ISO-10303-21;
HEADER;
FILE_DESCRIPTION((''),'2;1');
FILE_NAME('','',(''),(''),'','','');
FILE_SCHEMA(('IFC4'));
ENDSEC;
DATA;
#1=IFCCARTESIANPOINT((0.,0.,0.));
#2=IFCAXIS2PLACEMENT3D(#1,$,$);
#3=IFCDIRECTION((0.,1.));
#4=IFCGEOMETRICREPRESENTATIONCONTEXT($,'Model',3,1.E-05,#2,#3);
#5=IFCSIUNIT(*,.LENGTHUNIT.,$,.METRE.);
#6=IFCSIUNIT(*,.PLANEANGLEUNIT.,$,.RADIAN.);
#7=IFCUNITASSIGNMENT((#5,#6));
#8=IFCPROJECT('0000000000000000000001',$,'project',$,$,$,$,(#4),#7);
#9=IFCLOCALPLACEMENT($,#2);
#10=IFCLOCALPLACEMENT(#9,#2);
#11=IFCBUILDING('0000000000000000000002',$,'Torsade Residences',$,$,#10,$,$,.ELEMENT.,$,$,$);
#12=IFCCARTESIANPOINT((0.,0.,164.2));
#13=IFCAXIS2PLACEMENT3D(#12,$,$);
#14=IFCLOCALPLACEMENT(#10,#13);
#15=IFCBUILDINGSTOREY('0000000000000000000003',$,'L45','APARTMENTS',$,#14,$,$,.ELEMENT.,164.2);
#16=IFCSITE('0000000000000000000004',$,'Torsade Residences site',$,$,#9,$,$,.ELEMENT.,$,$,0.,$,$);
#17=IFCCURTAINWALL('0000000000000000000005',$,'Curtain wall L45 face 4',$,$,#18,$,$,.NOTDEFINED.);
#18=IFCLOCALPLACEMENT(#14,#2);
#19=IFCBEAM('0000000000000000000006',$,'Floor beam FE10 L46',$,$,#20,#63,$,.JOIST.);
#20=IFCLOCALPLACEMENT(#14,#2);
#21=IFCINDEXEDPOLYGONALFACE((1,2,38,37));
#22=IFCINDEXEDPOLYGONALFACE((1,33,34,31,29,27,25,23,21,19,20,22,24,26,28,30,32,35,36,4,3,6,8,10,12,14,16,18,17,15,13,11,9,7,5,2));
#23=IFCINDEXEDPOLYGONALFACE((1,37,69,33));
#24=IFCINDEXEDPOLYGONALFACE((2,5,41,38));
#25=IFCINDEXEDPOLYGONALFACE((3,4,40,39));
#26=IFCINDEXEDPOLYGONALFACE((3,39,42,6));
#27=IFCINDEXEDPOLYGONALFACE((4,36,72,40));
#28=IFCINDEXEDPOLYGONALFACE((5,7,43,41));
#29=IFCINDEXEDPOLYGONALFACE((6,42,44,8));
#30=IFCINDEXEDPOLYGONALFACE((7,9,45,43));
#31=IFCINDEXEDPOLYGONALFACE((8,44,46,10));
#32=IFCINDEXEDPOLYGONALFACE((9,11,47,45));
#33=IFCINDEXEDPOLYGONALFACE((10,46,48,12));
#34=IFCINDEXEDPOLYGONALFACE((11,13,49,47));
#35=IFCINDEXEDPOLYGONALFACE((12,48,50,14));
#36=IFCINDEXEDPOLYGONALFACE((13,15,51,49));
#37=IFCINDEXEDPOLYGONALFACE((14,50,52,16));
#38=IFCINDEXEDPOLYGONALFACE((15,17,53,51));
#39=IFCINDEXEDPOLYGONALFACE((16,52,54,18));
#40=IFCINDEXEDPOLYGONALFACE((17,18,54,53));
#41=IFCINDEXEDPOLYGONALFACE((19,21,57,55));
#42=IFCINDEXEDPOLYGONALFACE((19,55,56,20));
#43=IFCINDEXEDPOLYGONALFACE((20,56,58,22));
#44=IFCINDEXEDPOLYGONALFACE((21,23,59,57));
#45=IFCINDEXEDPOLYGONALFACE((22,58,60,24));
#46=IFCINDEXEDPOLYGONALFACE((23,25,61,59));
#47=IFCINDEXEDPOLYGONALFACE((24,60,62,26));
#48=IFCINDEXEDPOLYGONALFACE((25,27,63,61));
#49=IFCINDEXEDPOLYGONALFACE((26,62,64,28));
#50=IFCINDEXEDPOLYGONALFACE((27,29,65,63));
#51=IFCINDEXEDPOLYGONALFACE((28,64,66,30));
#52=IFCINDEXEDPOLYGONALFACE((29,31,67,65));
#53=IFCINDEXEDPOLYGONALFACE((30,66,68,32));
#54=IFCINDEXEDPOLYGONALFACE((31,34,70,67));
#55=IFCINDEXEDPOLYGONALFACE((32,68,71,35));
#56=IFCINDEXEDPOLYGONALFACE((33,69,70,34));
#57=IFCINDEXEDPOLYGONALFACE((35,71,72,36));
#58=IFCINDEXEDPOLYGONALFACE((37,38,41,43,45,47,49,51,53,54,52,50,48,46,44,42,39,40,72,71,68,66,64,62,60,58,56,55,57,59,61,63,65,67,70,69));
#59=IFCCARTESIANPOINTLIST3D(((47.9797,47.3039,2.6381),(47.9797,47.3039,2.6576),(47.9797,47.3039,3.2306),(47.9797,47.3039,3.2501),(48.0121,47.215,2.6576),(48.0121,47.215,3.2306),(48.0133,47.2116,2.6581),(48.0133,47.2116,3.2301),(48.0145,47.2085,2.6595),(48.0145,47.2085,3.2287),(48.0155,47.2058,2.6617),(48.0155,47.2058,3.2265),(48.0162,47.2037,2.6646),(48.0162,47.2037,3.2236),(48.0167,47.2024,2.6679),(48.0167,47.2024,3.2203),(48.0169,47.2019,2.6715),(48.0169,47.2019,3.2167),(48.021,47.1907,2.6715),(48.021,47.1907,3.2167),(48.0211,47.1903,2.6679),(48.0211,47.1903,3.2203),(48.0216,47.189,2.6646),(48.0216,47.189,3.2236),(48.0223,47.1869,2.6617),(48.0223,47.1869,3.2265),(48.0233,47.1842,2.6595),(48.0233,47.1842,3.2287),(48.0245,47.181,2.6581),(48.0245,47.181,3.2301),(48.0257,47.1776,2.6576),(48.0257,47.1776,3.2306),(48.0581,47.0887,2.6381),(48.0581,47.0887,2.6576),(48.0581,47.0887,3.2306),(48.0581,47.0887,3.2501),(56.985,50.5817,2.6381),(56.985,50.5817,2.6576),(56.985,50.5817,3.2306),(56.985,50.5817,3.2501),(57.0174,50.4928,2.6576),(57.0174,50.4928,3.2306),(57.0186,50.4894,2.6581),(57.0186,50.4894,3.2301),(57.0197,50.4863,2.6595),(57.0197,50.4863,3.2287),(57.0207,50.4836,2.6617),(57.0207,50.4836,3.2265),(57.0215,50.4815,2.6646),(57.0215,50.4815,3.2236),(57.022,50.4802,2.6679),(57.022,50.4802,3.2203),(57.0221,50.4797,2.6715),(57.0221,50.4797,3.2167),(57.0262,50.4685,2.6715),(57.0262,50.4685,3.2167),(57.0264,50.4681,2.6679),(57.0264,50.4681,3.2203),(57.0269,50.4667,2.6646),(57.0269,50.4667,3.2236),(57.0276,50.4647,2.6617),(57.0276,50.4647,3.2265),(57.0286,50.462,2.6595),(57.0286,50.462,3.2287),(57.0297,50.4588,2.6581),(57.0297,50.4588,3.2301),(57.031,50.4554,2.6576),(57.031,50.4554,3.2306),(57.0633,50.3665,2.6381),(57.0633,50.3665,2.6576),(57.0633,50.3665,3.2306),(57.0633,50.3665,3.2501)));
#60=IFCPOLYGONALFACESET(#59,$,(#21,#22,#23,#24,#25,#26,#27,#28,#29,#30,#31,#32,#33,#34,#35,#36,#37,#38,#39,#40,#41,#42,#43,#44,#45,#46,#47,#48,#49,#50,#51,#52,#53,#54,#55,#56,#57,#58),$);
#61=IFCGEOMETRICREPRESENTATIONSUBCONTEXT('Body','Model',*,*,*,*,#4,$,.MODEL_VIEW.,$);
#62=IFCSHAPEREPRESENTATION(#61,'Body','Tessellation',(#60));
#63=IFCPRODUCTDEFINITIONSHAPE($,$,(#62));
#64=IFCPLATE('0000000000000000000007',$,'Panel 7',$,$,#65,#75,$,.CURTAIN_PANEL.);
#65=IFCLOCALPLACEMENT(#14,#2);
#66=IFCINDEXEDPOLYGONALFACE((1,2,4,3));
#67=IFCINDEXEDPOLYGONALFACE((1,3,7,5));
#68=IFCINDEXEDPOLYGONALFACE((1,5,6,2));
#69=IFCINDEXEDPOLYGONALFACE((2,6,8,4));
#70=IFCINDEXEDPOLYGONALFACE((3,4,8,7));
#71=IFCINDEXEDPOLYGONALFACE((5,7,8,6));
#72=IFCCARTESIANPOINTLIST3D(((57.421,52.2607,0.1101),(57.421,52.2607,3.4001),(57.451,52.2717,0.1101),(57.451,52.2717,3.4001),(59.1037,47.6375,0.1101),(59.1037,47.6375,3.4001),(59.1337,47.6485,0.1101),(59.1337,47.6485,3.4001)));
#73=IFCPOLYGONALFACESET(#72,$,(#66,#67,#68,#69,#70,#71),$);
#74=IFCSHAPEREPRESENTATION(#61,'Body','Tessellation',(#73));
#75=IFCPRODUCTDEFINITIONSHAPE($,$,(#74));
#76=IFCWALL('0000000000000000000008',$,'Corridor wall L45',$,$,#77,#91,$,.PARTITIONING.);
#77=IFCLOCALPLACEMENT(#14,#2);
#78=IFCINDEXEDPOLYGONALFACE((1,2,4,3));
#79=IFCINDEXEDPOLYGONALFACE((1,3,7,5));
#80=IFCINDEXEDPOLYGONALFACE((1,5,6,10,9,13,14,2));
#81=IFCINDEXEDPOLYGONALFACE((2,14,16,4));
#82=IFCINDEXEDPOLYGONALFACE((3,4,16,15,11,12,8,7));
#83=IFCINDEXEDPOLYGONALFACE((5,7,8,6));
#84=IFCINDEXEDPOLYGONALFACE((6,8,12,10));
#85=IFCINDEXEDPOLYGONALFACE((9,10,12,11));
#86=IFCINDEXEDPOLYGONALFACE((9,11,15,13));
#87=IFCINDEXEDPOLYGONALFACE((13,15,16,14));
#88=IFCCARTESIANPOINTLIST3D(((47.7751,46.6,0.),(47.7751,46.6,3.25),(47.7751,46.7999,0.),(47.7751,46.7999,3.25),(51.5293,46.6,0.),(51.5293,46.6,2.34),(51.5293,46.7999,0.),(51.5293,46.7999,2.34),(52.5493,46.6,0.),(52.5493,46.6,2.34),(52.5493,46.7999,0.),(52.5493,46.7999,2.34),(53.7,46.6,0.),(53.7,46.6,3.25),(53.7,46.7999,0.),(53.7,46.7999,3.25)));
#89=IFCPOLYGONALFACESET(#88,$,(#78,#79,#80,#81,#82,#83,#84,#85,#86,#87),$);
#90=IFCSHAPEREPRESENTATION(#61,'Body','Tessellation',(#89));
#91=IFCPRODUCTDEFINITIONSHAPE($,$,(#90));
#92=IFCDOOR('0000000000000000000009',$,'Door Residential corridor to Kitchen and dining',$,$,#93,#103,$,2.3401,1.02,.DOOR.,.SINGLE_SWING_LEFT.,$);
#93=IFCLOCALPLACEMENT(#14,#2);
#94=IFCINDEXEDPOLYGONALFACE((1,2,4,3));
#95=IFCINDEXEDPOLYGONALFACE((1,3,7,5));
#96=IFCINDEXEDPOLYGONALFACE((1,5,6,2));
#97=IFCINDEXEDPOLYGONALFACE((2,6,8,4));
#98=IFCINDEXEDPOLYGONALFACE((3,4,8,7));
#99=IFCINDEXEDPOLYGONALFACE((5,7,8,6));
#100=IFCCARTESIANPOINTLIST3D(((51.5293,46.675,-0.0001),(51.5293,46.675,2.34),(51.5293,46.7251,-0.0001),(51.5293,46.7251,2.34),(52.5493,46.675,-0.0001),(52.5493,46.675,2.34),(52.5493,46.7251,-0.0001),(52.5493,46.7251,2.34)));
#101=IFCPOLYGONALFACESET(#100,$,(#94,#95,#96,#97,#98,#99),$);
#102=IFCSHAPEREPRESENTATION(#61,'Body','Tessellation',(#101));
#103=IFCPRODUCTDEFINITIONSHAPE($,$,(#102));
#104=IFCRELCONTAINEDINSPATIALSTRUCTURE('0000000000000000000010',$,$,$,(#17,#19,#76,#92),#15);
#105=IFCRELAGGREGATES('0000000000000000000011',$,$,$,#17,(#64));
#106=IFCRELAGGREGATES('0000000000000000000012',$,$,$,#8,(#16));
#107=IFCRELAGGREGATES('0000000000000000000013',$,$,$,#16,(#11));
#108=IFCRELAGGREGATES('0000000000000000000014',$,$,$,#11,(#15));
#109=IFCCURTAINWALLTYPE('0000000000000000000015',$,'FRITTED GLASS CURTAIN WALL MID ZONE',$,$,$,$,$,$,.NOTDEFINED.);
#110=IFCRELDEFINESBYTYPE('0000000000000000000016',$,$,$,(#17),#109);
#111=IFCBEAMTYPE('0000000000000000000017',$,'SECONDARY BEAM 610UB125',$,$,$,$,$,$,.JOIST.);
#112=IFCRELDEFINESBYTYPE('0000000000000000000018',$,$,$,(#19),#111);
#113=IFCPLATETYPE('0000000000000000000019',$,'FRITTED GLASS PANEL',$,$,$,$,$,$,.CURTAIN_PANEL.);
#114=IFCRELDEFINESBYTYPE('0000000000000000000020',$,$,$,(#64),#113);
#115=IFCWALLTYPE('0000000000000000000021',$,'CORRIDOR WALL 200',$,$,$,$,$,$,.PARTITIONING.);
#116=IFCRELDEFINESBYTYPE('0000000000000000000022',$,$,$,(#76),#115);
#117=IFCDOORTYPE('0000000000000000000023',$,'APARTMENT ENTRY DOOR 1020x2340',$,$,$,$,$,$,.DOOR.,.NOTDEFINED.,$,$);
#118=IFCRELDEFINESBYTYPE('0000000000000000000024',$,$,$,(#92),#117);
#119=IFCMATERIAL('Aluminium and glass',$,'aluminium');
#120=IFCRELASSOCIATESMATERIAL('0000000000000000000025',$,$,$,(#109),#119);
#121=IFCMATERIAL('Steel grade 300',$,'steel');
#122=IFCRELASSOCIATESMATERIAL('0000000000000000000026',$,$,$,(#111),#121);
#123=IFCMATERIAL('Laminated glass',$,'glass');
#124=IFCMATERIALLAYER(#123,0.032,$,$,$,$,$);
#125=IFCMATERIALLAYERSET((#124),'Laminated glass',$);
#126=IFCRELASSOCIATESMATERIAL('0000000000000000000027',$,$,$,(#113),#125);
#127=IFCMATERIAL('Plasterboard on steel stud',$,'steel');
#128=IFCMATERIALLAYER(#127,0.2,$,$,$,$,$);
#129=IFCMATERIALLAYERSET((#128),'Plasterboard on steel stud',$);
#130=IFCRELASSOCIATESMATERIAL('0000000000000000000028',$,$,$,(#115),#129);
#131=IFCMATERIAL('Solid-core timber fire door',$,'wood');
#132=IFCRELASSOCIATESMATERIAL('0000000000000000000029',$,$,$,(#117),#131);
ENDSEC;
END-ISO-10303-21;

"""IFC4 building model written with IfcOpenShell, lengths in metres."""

from ifc_helpers import new_model, si_unit, direction, frame, frame_2d, origin, origin_2d, place, context, subcontext, project, spatial, rectangle, i_section, extrude, material, layer, layer_set, material_profile, profile_set, type_object, element, fill, aggregate, save


model = new_model("IFC4")

# Units and contexts
model_context = context("Model", 3, precision=1e-05, world=origin(), true_north=direction((0.0, 1.0)))
body_context = subcontext(model_context, "Body", "Model", "MODEL_VIEW")
ifc_project = project(units=[si_unit("LENGTHUNIT", "METRE"), si_unit("PLANEANGLEUNIT", "RADIAN")], contexts=[model_context])

# Site, building, storey
site_placement = place(None, origin())
site = spatial("IfcSite", under=ifc_project, at=site_placement, Name="Torsade Residences site", CompositionType="ELEMENT", RefElevation=0.0)
building_placement = place(site_placement, origin())
building = spatial("IfcBuilding", under=site, at=building_placement, Name="Torsade Residences", CompositionType="ELEMENT")
storey_placement = place(building_placement, frame((0.0, 0.0, 164.2)))
storey = spatial("IfcBuildingStorey", under=building, at=storey_placement, Name="L45", Description="APARTMENTS", CompositionType="ELEMENT", Elevation=164.2)

# Curtain wall
ifc_material_1 = material(Name="Aluminium and glass", Category="aluminium")
curtain_wall_type = type_object("IfcCurtainWallType", Name="FRITTED GLASS CURTAIN WALL MID ZONE", PredefinedType="NOTDEFINED", material=ifc_material_1)
curtain_wall_placement = place(storey_placement, origin())
curtain_wall = element("IfcCurtainWall", 1, at=curtain_wall_placement, inside=storey, type_object=curtain_wall_type, Name="Curtain wall L45 face 4", PredefinedType="NOTDEFINED")

# Beam
ifc_material_2 = material(Name="Steel grade 300", Category="steel")
ifc_material_profile_1 = material_profile(ifc_material_2, i_section(OverallWidth=0.229, OverallDepth=0.6121, WebThickness=0.012, FlangeThickness=0.0195, FilletRadius=0.0139, at=origin_2d()), Name="610UB125")
ifc_profile_set_1 = profile_set([ifc_material_profile_1], Name="Steel grade 300")
beam_type_1 = type_object("IfcBeamType", Name="SECONDARY BEAM 610UB125", PredefinedType="JOIST", material=ifc_profile_set_1)
beam_1_placement = place(storey_placement, frame((57.0242, 50.4741, 2.9441), z_axis=(-0.939688, -0.342034, 0.0), x_axis=(0.342034, -0.939688, 0.0)))
element("IfcBeam", 2, at=beam_1_placement, inside=storey, type_object=beam_type_1, Name="Floor beam FE10 L46", PredefinedType="JOIST", context=body_context, shape_type="SweptSolid", body=[
    extrude(i_section(OverallWidth=0.229, OverallDepth=0.6121, WebThickness=0.012, FlangeThickness=0.0195, FilletRadius=0.0139, at=origin_2d()), origin(), (0.0, 0.0, 1.0), 9.5833),
])

# Plate
ifc_material_3 = material(Name="Laminated glass", Category="glass")
ifc_layer_1 = layer(ifc_material_3, 0.032)
ifc_layer_set_1 = layer_set([ifc_layer_1], Name="Laminated glass")
plate_type = type_object("IfcPlateType", Name="FRITTED GLASS PANEL", PredefinedType="CURTAIN_PANEL", material=ifc_layer_set_1)
plate_placement = place(storey_placement, frame((58.2773, 49.9546, 0.1101), z_axis=(0.0, 0.0, 1.0), x_axis=(-0.34202, 0.939693, 0.0)))
plate = element("IfcPlate", 3, at=plate_placement, type_object=plate_type, Name="Panel 7", PredefinedType="CURTAIN_PANEL", context=body_context, shape_type="SweptSolid", body=[
    extrude(rectangle(XDim=4.9199, YDim=0.032, at=origin_2d()), origin(), (0.0, 0.0, 1.0), 3.29),
])
aggregate(curtain_wall, [plate])

# Wall, opening, door
ifc_material_4 = material(Name="Plasterboard on steel stud", Category="steel")
ifc_layer_2 = layer(ifc_material_4, 0.2)
ifc_layer_set_2 = layer_set([ifc_layer_2], Name="Plasterboard on steel stud")
wall_type_1 = type_object("IfcWallType", Name="CORRIDOR WALL 200", PredefinedType="PARTITIONING", material=ifc_layer_set_2)
wall_1_placement = place(storey_placement, frame((53.7, 46.7, 0.0), z_axis=(0.0, 0.0, 1.0), x_axis=(-1.0, 0.0, 0.0)))
wall_1 = element("IfcWall", 4, at=wall_1_placement, inside=storey, type_object=wall_type_1, Name="Corridor wall L45", PredefinedType="PARTITIONING", context=body_context, shape_type="SweptSolid", body=[
    extrude(rectangle(XDim=5.9248, YDim=0.2, at=frame_2d((2.9624, 0.0))), origin(), (0.0, 0.0, 1.0), 3.25),
])
opening_1_placement = place(wall_1_placement, frame((1.1506, 0.0, 0.0)))
opening_1 = element("IfcOpeningElement", 5, at=opening_1_placement, cuts=wall_1, PredefinedType="OPENING", context=body_context, shape_type="SweptSolid", body=[
    extrude(rectangle(XDim=1.02, YDim=2.3401, at=frame_2d((0.51, 1.1699))), frame((0.0, 0.1099, 0.0), z_axis=(0.0, -1.0, 0.0), x_axis=(1.0, 0.0, 0.0)), (0.0, 0.0, 1.0), 0.22),
])
ifc_material_5 = material(Name="Solid-core timber fire door", Category="wood")
door_type_1 = type_object("IfcDoorType", Name="APARTMENT ENTRY DOOR 1020x2340", OperationType="NOTDEFINED", PredefinedType="DOOR", material=ifc_material_5)
door_1_placement = place(opening_1_placement, origin())
door_1 = element("IfcDoor", 6, at=door_1_placement, inside=storey, type_object=door_type_1, Name="Door Residential corridor to Kitchen and dining", OperationType="SINGLE_SWING_LEFT", OverallHeight=2.3401, OverallWidth=1.02, PredefinedType="DOOR", context=body_context, shape_type="SweptSolid", body=[
    extrude(rectangle(XDim=1.02, YDim=2.3401, at=frame_2d((0.51, 1.1699))), frame((0.0, 0.0249, 0.0), z_axis=(0.0, -1.0, 0.0), x_axis=(1.0, 0.0, 0.0)), (0.0, 0.0, 1.0), 0.05),
])
fill(opening_1, door_1)

save(model, "model.ifc")
